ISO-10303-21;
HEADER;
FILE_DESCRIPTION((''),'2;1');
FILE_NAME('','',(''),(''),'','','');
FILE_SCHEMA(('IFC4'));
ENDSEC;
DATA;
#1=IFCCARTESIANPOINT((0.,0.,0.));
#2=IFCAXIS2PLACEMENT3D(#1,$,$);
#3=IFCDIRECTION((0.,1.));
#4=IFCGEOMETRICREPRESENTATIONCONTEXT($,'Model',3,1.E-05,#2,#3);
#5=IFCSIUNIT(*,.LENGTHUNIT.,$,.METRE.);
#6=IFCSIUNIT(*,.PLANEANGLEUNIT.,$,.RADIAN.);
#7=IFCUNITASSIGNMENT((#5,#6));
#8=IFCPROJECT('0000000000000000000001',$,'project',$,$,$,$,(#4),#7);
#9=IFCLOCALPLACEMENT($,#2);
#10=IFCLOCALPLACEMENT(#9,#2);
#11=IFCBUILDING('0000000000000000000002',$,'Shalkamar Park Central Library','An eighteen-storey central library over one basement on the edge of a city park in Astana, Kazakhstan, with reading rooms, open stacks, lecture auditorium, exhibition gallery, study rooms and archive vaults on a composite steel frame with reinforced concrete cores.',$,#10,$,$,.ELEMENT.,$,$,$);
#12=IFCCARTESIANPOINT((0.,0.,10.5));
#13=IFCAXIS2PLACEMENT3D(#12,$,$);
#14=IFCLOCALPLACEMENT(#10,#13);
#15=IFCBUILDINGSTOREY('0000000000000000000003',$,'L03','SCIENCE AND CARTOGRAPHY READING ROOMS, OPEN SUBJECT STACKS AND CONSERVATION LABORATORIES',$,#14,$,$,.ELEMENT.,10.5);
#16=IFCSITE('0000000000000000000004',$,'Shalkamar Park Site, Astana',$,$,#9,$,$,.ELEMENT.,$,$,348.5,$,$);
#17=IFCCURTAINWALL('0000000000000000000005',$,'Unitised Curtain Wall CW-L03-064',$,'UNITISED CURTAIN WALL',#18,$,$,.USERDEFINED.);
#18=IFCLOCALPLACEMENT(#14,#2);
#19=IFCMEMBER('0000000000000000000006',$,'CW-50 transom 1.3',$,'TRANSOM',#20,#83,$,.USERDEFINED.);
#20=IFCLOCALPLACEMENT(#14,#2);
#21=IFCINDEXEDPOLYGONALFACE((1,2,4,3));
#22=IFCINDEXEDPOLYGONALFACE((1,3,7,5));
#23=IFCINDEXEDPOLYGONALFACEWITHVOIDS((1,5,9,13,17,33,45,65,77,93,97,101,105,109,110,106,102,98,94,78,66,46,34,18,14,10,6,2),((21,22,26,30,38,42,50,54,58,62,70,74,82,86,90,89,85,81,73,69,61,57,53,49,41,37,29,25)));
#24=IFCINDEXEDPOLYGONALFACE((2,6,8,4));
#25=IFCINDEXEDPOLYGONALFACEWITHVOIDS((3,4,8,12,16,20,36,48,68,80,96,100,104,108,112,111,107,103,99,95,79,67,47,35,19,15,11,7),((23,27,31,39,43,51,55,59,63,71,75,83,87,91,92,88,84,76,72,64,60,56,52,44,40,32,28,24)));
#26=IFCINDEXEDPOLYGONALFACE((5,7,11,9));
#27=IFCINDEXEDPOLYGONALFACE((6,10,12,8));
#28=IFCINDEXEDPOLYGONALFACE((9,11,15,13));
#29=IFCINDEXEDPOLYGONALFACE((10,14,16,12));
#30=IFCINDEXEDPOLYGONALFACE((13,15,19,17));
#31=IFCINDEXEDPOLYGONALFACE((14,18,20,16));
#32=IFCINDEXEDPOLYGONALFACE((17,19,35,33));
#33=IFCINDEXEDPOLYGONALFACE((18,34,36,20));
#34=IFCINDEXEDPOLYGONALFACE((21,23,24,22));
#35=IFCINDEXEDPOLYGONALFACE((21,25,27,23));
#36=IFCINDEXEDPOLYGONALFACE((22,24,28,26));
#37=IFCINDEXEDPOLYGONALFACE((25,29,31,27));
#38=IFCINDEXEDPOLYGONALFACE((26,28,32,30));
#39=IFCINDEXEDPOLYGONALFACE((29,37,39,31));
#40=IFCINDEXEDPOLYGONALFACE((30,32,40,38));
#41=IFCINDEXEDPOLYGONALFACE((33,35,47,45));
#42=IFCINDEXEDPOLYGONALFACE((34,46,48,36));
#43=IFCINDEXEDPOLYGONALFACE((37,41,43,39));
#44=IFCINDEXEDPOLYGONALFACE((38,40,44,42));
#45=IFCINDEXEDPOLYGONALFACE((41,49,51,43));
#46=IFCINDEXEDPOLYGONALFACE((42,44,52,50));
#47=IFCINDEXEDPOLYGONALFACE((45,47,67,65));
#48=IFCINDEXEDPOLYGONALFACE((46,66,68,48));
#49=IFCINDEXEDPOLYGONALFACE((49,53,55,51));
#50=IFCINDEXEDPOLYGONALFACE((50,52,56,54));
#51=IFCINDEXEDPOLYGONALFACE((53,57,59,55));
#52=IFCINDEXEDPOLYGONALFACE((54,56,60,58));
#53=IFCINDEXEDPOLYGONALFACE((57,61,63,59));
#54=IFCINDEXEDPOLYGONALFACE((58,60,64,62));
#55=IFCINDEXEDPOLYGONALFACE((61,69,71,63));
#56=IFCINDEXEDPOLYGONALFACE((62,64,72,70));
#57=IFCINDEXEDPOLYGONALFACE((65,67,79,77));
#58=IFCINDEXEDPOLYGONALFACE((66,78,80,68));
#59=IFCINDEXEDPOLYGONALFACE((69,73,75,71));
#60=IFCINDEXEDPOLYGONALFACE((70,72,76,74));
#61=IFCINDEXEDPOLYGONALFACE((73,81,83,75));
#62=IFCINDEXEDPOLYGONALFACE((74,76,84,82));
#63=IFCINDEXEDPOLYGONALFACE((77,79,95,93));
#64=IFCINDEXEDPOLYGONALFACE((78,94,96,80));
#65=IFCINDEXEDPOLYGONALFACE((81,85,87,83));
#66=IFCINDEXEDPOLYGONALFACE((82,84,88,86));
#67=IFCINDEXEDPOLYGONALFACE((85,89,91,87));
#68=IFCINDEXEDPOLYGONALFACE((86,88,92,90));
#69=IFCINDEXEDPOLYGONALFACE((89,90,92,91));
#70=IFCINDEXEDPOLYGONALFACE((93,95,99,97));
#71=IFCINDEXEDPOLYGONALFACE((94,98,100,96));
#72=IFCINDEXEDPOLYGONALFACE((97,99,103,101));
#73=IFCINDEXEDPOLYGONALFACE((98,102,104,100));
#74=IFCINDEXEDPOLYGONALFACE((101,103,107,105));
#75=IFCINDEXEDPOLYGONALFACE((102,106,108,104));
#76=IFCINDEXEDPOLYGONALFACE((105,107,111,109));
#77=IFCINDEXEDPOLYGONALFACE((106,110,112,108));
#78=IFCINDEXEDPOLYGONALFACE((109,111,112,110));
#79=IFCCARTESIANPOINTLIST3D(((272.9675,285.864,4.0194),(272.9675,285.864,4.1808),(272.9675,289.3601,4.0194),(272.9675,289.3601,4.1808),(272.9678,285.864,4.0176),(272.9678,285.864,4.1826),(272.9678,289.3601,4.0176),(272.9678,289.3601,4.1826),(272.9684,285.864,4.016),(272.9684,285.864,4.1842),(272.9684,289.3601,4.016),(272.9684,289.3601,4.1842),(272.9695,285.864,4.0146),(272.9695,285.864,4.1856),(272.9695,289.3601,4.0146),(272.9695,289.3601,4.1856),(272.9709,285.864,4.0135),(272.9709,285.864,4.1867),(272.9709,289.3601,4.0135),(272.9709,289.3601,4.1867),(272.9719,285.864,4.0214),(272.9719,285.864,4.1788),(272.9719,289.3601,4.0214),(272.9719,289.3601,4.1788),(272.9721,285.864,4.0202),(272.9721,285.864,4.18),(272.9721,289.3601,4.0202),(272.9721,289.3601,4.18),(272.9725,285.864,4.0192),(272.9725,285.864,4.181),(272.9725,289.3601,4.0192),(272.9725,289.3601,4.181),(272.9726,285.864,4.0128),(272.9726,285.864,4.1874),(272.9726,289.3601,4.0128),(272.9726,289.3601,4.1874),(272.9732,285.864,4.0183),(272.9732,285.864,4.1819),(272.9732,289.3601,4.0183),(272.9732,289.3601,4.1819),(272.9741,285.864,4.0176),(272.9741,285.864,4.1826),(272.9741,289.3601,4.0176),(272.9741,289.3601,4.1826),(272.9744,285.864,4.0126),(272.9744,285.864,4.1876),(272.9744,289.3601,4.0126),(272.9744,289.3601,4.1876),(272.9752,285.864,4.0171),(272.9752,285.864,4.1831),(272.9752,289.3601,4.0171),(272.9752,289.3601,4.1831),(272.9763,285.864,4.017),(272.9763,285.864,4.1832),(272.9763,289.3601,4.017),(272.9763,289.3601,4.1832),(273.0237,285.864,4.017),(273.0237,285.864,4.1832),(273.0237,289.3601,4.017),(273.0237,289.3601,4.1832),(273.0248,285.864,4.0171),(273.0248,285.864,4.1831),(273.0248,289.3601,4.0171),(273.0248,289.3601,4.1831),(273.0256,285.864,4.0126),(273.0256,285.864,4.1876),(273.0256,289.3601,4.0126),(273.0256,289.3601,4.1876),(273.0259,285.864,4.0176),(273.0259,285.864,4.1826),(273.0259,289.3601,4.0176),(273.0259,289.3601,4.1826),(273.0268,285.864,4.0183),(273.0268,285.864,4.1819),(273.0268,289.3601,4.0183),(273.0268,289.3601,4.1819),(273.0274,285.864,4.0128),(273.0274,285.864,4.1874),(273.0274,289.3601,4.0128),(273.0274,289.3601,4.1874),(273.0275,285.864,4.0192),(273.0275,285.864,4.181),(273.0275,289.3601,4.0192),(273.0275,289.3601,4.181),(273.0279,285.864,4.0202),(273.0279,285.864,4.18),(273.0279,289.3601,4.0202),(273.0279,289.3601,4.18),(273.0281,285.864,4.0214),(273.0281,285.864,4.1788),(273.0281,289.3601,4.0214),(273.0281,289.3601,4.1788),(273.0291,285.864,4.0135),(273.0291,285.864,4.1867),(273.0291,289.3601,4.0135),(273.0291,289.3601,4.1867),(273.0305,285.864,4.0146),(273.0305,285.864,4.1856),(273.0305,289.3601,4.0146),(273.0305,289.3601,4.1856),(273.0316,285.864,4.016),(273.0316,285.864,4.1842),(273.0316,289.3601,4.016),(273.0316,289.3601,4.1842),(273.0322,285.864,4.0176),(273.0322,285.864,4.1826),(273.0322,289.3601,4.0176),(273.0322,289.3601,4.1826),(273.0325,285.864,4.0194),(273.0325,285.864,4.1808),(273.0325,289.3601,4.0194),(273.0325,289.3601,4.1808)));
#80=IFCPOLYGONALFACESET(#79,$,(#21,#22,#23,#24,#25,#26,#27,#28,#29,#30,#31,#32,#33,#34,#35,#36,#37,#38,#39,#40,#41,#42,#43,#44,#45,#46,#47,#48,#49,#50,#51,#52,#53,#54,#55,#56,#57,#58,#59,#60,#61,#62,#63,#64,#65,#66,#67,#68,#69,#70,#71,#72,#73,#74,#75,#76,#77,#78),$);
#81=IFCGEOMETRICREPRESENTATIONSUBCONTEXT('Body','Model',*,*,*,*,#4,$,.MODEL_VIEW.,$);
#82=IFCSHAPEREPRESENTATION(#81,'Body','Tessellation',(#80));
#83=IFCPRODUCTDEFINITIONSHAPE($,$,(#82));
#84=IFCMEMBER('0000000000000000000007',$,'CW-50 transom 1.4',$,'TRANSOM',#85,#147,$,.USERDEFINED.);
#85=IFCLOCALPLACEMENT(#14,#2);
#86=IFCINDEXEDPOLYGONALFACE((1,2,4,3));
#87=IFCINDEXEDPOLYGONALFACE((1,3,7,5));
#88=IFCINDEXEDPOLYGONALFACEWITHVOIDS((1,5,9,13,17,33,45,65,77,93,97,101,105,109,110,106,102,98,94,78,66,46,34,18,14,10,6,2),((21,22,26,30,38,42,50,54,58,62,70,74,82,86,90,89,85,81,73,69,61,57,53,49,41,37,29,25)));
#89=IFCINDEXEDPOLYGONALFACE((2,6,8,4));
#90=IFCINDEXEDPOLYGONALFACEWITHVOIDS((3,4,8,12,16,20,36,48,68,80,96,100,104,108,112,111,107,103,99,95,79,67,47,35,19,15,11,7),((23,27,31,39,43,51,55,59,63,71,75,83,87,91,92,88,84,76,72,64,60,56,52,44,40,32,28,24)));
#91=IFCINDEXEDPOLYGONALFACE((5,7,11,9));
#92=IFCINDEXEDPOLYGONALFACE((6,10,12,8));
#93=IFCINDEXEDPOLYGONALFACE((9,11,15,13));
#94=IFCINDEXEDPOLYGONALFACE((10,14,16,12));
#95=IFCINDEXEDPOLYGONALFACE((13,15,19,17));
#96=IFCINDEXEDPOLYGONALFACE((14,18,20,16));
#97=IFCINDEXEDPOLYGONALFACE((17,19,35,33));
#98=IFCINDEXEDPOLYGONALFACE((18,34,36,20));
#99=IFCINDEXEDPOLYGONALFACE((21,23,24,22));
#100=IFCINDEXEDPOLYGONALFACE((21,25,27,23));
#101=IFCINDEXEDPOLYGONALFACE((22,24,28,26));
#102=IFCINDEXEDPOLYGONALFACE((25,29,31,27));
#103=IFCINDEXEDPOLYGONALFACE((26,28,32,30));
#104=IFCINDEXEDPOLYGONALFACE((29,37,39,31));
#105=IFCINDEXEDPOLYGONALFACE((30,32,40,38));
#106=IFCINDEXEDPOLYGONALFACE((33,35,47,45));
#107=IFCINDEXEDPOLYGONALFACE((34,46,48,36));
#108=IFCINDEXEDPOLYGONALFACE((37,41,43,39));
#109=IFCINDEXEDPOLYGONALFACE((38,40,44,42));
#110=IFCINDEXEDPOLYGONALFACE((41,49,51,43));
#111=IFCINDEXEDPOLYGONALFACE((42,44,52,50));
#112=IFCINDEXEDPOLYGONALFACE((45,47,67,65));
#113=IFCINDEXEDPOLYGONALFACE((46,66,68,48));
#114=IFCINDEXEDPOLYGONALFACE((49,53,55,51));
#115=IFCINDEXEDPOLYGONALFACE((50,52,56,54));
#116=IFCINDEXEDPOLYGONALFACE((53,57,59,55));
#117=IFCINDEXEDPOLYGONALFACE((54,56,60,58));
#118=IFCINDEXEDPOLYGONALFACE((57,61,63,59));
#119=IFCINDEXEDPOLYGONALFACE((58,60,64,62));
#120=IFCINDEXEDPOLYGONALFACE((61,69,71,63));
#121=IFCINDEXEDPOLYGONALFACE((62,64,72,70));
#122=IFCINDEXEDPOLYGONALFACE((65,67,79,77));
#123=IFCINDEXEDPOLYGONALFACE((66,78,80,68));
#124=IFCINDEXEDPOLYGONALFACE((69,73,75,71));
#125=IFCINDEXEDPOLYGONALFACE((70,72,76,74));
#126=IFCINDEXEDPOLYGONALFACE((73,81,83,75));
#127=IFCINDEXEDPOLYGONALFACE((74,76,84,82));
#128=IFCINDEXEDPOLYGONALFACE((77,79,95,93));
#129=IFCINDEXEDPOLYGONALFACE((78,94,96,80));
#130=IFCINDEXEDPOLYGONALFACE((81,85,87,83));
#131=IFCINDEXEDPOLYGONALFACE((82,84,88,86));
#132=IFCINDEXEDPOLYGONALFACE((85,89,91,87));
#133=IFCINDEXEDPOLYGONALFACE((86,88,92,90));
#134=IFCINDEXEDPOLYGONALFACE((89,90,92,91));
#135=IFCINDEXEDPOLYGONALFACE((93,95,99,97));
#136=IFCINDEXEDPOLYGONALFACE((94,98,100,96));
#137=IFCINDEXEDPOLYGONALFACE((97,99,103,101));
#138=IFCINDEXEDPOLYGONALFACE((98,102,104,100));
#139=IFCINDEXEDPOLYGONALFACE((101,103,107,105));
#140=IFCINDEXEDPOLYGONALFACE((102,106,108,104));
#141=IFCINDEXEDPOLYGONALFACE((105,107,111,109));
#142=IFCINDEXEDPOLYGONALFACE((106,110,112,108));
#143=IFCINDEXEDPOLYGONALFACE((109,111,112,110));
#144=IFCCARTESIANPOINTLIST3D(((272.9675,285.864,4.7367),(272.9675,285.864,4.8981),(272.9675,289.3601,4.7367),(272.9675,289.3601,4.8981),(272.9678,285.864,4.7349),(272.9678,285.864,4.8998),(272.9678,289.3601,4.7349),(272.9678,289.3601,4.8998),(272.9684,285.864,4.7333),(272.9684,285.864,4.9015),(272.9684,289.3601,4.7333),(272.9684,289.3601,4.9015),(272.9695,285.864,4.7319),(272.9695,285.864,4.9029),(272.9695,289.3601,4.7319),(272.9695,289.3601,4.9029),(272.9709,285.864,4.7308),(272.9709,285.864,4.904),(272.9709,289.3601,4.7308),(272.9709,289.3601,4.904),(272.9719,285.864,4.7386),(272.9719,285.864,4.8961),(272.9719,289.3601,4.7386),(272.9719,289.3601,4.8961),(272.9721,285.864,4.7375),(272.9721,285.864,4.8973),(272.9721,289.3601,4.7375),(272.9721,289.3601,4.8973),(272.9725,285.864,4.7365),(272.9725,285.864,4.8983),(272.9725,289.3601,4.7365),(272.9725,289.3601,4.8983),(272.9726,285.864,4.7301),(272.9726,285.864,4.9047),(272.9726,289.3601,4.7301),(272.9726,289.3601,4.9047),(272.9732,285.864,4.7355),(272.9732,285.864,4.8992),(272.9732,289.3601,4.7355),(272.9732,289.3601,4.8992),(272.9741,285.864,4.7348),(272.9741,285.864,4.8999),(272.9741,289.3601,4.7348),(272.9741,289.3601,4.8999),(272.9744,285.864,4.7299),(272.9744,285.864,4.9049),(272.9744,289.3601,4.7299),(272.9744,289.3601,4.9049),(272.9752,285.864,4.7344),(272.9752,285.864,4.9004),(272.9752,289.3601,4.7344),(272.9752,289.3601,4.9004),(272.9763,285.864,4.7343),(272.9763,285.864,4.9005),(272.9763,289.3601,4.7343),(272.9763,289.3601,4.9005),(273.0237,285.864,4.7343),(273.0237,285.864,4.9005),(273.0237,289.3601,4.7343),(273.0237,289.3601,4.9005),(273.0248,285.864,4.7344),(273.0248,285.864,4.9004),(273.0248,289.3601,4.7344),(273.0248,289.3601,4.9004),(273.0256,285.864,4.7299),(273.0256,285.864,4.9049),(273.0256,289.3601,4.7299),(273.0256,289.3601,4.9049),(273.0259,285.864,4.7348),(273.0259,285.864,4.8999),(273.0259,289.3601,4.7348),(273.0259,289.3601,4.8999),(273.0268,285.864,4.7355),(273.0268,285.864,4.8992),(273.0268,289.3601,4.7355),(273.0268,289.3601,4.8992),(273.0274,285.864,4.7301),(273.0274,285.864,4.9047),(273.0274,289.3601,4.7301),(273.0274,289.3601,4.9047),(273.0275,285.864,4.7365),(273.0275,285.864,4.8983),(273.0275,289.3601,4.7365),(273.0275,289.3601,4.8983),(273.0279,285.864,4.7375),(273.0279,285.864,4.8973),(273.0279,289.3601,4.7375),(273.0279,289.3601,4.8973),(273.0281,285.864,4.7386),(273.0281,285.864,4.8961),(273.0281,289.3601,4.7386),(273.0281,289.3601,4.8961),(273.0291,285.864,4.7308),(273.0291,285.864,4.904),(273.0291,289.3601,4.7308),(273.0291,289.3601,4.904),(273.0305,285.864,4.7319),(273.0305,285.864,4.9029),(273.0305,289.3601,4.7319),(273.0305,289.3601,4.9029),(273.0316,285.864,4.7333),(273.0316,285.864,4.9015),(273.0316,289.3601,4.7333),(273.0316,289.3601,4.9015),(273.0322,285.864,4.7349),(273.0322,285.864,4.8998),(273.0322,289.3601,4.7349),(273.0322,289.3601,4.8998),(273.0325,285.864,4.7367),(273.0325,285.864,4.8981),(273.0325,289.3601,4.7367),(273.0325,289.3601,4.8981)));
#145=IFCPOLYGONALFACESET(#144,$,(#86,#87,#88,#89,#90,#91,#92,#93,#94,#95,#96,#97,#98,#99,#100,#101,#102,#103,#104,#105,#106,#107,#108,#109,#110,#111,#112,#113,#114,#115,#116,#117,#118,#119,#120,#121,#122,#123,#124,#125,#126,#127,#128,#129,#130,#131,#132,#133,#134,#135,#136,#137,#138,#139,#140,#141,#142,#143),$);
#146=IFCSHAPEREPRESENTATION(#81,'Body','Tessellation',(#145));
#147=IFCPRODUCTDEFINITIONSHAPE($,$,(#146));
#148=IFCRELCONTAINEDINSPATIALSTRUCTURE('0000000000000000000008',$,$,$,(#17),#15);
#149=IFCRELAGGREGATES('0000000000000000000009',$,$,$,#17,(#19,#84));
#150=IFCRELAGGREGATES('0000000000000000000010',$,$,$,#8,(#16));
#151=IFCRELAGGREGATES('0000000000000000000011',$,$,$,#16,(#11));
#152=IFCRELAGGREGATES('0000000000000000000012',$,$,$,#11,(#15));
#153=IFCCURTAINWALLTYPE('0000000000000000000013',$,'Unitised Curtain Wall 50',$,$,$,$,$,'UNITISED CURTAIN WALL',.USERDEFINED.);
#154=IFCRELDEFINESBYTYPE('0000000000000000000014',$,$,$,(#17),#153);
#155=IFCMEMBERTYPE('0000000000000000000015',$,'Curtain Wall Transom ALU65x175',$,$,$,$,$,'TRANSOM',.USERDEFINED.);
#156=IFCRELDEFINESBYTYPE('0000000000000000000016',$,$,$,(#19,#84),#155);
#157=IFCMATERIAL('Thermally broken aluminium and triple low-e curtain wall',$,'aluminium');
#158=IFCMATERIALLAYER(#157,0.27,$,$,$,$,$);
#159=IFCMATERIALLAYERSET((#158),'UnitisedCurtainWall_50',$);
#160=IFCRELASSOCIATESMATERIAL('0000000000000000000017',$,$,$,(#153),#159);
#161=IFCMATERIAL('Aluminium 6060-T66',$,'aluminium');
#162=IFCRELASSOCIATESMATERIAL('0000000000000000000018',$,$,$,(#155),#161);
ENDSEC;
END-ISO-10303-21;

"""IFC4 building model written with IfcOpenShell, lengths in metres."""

from ifc_helpers import new_model, si_unit, direction, frame, origin, origin_2d, place, context, subcontext, project, spatial, hollow_rectangle, extrude, material, layer, layer_set, material_profile, profile_set, type_object, element, aggregate, save


model = new_model("IFC4")

# Units and contexts
model_context = context("Model", 3, precision=1e-05, world=origin(), true_north=direction((0.0, 1.0)))
body_context = subcontext(model_context, "Body", "Model", "MODEL_VIEW")
ifc_project = project(units=[si_unit("LENGTHUNIT", "METRE"), si_unit("PLANEANGLEUNIT", "RADIAN")], contexts=[model_context])

# Site, building, storey
site_placement = place(None, origin())
site = spatial("IfcSite", under=ifc_project, at=site_placement, Name="Shalkamar Park Site, Astana", CompositionType="ELEMENT", RefElevation=348.5)
building_placement = place(site_placement, origin())
building = spatial("IfcBuilding", under=site, at=building_placement, Name="Shalkamar Park Central Library", Description="An eighteen-storey central library over one basement on the edge of a city park in Astana, Kazakhstan, with reading rooms, open stacks, lecture auditorium, exhibition gallery, study rooms and archive vaults on a composite steel frame with reinforced concrete cores.", CompositionType="ELEMENT")
storey_placement = place(building_placement, frame((0.0, 0.0, 10.5)))
storey = spatial("IfcBuildingStorey", under=building, at=storey_placement, Name="L03", Description="SCIENCE AND CARTOGRAPHY READING ROOMS, OPEN SUBJECT STACKS AND CONSERVATION LABORATORIES", CompositionType="ELEMENT", Elevation=10.5)

# Shared definitions
ifc_material_1 = material(Name="Thermally broken aluminium and triple low-e curtain wall", Category="aluminium")
ifc_material_2 = material(Name="Aluminium 6060-T66", Category="aluminium")

# Curtain wall
ifc_layer_1 = layer(ifc_material_1, 0.27)
ifc_layer_set_1 = layer_set([ifc_layer_1], Name="UnitisedCurtainWall_50")
curtain_wall_type_1 = type_object("IfcCurtainWallType", Name="Unitised Curtain Wall 50", ElementType="UNITISED CURTAIN WALL", PredefinedType="USERDEFINED", material=ifc_layer_set_1)
curtain_wall_1_placement = place(storey_placement, origin())
curtain_wall_1 = element("IfcCurtainWall", 1, at=curtain_wall_1_placement, inside=storey, type_object=curtain_wall_type_1, Name="Unitised Curtain Wall CW-L03-064", ObjectType="UNITISED CURTAIN WALL", PredefinedType="USERDEFINED")

# Members
ifc_material_profile_1 = material_profile(ifc_material_2, hollow_rectangle(XDim=0.0649, YDim=0.175, WallThickness=0.0044, InnerFilletRadius=0.0044, OuterFilletRadius=0.0068, at=origin_2d()), Name="ALU 65x175x4.5")
ifc_profile_set_1 = profile_set([ifc_material_profile_1], Name="Aluminium 6060-T66")
member_type_1 = type_object("IfcMemberType", Name="Curtain Wall Transom ALU65x175", ElementType="TRANSOM", PredefinedType="USERDEFINED", material=ifc_profile_set_1)
member_1_placement = place(storey_placement, frame((273.0, 285.864, 4.1001), z_axis=(0.0, 1.0, 0.0), x_axis=(-1.0, 0.0, 0.0)))
member_1 = element("IfcMember", 2, at=member_1_placement, type_object=member_type_1, Name="CW-50 transom 1.3", ObjectType="TRANSOM", PredefinedType="USERDEFINED", context=body_context, shape_type="SweptSolid", body=[
    extrude(hollow_rectangle(XDim=0.0649, YDim=0.175, WallThickness=0.0044, InnerFilletRadius=0.0044, OuterFilletRadius=0.0068, at=origin_2d()), origin(), (0.0, 0.0, 1.0), 3.4961),
])
member_2_placement = place(storey_placement, frame((273.0, 285.864, 4.8174), z_axis=(0.0, 1.0, 0.0), x_axis=(-1.0, 0.0, 0.0)))
member_2 = element("IfcMember", 3, at=member_2_placement, type_object=member_type_1, Name="CW-50 transom 1.4", ObjectType="TRANSOM", PredefinedType="USERDEFINED", context=body_context, shape_type="SweptSolid", body=[
    extrude(hollow_rectangle(XDim=0.0649, YDim=0.175, WallThickness=0.0044, InnerFilletRadius=0.0044, OuterFilletRadius=0.0068, at=origin_2d()), origin(), (0.0, 0.0, 1.0), 3.4961),
])

aggregate(curtain_wall_1, [member_1, member_2])

save(model, "model.ifc")
